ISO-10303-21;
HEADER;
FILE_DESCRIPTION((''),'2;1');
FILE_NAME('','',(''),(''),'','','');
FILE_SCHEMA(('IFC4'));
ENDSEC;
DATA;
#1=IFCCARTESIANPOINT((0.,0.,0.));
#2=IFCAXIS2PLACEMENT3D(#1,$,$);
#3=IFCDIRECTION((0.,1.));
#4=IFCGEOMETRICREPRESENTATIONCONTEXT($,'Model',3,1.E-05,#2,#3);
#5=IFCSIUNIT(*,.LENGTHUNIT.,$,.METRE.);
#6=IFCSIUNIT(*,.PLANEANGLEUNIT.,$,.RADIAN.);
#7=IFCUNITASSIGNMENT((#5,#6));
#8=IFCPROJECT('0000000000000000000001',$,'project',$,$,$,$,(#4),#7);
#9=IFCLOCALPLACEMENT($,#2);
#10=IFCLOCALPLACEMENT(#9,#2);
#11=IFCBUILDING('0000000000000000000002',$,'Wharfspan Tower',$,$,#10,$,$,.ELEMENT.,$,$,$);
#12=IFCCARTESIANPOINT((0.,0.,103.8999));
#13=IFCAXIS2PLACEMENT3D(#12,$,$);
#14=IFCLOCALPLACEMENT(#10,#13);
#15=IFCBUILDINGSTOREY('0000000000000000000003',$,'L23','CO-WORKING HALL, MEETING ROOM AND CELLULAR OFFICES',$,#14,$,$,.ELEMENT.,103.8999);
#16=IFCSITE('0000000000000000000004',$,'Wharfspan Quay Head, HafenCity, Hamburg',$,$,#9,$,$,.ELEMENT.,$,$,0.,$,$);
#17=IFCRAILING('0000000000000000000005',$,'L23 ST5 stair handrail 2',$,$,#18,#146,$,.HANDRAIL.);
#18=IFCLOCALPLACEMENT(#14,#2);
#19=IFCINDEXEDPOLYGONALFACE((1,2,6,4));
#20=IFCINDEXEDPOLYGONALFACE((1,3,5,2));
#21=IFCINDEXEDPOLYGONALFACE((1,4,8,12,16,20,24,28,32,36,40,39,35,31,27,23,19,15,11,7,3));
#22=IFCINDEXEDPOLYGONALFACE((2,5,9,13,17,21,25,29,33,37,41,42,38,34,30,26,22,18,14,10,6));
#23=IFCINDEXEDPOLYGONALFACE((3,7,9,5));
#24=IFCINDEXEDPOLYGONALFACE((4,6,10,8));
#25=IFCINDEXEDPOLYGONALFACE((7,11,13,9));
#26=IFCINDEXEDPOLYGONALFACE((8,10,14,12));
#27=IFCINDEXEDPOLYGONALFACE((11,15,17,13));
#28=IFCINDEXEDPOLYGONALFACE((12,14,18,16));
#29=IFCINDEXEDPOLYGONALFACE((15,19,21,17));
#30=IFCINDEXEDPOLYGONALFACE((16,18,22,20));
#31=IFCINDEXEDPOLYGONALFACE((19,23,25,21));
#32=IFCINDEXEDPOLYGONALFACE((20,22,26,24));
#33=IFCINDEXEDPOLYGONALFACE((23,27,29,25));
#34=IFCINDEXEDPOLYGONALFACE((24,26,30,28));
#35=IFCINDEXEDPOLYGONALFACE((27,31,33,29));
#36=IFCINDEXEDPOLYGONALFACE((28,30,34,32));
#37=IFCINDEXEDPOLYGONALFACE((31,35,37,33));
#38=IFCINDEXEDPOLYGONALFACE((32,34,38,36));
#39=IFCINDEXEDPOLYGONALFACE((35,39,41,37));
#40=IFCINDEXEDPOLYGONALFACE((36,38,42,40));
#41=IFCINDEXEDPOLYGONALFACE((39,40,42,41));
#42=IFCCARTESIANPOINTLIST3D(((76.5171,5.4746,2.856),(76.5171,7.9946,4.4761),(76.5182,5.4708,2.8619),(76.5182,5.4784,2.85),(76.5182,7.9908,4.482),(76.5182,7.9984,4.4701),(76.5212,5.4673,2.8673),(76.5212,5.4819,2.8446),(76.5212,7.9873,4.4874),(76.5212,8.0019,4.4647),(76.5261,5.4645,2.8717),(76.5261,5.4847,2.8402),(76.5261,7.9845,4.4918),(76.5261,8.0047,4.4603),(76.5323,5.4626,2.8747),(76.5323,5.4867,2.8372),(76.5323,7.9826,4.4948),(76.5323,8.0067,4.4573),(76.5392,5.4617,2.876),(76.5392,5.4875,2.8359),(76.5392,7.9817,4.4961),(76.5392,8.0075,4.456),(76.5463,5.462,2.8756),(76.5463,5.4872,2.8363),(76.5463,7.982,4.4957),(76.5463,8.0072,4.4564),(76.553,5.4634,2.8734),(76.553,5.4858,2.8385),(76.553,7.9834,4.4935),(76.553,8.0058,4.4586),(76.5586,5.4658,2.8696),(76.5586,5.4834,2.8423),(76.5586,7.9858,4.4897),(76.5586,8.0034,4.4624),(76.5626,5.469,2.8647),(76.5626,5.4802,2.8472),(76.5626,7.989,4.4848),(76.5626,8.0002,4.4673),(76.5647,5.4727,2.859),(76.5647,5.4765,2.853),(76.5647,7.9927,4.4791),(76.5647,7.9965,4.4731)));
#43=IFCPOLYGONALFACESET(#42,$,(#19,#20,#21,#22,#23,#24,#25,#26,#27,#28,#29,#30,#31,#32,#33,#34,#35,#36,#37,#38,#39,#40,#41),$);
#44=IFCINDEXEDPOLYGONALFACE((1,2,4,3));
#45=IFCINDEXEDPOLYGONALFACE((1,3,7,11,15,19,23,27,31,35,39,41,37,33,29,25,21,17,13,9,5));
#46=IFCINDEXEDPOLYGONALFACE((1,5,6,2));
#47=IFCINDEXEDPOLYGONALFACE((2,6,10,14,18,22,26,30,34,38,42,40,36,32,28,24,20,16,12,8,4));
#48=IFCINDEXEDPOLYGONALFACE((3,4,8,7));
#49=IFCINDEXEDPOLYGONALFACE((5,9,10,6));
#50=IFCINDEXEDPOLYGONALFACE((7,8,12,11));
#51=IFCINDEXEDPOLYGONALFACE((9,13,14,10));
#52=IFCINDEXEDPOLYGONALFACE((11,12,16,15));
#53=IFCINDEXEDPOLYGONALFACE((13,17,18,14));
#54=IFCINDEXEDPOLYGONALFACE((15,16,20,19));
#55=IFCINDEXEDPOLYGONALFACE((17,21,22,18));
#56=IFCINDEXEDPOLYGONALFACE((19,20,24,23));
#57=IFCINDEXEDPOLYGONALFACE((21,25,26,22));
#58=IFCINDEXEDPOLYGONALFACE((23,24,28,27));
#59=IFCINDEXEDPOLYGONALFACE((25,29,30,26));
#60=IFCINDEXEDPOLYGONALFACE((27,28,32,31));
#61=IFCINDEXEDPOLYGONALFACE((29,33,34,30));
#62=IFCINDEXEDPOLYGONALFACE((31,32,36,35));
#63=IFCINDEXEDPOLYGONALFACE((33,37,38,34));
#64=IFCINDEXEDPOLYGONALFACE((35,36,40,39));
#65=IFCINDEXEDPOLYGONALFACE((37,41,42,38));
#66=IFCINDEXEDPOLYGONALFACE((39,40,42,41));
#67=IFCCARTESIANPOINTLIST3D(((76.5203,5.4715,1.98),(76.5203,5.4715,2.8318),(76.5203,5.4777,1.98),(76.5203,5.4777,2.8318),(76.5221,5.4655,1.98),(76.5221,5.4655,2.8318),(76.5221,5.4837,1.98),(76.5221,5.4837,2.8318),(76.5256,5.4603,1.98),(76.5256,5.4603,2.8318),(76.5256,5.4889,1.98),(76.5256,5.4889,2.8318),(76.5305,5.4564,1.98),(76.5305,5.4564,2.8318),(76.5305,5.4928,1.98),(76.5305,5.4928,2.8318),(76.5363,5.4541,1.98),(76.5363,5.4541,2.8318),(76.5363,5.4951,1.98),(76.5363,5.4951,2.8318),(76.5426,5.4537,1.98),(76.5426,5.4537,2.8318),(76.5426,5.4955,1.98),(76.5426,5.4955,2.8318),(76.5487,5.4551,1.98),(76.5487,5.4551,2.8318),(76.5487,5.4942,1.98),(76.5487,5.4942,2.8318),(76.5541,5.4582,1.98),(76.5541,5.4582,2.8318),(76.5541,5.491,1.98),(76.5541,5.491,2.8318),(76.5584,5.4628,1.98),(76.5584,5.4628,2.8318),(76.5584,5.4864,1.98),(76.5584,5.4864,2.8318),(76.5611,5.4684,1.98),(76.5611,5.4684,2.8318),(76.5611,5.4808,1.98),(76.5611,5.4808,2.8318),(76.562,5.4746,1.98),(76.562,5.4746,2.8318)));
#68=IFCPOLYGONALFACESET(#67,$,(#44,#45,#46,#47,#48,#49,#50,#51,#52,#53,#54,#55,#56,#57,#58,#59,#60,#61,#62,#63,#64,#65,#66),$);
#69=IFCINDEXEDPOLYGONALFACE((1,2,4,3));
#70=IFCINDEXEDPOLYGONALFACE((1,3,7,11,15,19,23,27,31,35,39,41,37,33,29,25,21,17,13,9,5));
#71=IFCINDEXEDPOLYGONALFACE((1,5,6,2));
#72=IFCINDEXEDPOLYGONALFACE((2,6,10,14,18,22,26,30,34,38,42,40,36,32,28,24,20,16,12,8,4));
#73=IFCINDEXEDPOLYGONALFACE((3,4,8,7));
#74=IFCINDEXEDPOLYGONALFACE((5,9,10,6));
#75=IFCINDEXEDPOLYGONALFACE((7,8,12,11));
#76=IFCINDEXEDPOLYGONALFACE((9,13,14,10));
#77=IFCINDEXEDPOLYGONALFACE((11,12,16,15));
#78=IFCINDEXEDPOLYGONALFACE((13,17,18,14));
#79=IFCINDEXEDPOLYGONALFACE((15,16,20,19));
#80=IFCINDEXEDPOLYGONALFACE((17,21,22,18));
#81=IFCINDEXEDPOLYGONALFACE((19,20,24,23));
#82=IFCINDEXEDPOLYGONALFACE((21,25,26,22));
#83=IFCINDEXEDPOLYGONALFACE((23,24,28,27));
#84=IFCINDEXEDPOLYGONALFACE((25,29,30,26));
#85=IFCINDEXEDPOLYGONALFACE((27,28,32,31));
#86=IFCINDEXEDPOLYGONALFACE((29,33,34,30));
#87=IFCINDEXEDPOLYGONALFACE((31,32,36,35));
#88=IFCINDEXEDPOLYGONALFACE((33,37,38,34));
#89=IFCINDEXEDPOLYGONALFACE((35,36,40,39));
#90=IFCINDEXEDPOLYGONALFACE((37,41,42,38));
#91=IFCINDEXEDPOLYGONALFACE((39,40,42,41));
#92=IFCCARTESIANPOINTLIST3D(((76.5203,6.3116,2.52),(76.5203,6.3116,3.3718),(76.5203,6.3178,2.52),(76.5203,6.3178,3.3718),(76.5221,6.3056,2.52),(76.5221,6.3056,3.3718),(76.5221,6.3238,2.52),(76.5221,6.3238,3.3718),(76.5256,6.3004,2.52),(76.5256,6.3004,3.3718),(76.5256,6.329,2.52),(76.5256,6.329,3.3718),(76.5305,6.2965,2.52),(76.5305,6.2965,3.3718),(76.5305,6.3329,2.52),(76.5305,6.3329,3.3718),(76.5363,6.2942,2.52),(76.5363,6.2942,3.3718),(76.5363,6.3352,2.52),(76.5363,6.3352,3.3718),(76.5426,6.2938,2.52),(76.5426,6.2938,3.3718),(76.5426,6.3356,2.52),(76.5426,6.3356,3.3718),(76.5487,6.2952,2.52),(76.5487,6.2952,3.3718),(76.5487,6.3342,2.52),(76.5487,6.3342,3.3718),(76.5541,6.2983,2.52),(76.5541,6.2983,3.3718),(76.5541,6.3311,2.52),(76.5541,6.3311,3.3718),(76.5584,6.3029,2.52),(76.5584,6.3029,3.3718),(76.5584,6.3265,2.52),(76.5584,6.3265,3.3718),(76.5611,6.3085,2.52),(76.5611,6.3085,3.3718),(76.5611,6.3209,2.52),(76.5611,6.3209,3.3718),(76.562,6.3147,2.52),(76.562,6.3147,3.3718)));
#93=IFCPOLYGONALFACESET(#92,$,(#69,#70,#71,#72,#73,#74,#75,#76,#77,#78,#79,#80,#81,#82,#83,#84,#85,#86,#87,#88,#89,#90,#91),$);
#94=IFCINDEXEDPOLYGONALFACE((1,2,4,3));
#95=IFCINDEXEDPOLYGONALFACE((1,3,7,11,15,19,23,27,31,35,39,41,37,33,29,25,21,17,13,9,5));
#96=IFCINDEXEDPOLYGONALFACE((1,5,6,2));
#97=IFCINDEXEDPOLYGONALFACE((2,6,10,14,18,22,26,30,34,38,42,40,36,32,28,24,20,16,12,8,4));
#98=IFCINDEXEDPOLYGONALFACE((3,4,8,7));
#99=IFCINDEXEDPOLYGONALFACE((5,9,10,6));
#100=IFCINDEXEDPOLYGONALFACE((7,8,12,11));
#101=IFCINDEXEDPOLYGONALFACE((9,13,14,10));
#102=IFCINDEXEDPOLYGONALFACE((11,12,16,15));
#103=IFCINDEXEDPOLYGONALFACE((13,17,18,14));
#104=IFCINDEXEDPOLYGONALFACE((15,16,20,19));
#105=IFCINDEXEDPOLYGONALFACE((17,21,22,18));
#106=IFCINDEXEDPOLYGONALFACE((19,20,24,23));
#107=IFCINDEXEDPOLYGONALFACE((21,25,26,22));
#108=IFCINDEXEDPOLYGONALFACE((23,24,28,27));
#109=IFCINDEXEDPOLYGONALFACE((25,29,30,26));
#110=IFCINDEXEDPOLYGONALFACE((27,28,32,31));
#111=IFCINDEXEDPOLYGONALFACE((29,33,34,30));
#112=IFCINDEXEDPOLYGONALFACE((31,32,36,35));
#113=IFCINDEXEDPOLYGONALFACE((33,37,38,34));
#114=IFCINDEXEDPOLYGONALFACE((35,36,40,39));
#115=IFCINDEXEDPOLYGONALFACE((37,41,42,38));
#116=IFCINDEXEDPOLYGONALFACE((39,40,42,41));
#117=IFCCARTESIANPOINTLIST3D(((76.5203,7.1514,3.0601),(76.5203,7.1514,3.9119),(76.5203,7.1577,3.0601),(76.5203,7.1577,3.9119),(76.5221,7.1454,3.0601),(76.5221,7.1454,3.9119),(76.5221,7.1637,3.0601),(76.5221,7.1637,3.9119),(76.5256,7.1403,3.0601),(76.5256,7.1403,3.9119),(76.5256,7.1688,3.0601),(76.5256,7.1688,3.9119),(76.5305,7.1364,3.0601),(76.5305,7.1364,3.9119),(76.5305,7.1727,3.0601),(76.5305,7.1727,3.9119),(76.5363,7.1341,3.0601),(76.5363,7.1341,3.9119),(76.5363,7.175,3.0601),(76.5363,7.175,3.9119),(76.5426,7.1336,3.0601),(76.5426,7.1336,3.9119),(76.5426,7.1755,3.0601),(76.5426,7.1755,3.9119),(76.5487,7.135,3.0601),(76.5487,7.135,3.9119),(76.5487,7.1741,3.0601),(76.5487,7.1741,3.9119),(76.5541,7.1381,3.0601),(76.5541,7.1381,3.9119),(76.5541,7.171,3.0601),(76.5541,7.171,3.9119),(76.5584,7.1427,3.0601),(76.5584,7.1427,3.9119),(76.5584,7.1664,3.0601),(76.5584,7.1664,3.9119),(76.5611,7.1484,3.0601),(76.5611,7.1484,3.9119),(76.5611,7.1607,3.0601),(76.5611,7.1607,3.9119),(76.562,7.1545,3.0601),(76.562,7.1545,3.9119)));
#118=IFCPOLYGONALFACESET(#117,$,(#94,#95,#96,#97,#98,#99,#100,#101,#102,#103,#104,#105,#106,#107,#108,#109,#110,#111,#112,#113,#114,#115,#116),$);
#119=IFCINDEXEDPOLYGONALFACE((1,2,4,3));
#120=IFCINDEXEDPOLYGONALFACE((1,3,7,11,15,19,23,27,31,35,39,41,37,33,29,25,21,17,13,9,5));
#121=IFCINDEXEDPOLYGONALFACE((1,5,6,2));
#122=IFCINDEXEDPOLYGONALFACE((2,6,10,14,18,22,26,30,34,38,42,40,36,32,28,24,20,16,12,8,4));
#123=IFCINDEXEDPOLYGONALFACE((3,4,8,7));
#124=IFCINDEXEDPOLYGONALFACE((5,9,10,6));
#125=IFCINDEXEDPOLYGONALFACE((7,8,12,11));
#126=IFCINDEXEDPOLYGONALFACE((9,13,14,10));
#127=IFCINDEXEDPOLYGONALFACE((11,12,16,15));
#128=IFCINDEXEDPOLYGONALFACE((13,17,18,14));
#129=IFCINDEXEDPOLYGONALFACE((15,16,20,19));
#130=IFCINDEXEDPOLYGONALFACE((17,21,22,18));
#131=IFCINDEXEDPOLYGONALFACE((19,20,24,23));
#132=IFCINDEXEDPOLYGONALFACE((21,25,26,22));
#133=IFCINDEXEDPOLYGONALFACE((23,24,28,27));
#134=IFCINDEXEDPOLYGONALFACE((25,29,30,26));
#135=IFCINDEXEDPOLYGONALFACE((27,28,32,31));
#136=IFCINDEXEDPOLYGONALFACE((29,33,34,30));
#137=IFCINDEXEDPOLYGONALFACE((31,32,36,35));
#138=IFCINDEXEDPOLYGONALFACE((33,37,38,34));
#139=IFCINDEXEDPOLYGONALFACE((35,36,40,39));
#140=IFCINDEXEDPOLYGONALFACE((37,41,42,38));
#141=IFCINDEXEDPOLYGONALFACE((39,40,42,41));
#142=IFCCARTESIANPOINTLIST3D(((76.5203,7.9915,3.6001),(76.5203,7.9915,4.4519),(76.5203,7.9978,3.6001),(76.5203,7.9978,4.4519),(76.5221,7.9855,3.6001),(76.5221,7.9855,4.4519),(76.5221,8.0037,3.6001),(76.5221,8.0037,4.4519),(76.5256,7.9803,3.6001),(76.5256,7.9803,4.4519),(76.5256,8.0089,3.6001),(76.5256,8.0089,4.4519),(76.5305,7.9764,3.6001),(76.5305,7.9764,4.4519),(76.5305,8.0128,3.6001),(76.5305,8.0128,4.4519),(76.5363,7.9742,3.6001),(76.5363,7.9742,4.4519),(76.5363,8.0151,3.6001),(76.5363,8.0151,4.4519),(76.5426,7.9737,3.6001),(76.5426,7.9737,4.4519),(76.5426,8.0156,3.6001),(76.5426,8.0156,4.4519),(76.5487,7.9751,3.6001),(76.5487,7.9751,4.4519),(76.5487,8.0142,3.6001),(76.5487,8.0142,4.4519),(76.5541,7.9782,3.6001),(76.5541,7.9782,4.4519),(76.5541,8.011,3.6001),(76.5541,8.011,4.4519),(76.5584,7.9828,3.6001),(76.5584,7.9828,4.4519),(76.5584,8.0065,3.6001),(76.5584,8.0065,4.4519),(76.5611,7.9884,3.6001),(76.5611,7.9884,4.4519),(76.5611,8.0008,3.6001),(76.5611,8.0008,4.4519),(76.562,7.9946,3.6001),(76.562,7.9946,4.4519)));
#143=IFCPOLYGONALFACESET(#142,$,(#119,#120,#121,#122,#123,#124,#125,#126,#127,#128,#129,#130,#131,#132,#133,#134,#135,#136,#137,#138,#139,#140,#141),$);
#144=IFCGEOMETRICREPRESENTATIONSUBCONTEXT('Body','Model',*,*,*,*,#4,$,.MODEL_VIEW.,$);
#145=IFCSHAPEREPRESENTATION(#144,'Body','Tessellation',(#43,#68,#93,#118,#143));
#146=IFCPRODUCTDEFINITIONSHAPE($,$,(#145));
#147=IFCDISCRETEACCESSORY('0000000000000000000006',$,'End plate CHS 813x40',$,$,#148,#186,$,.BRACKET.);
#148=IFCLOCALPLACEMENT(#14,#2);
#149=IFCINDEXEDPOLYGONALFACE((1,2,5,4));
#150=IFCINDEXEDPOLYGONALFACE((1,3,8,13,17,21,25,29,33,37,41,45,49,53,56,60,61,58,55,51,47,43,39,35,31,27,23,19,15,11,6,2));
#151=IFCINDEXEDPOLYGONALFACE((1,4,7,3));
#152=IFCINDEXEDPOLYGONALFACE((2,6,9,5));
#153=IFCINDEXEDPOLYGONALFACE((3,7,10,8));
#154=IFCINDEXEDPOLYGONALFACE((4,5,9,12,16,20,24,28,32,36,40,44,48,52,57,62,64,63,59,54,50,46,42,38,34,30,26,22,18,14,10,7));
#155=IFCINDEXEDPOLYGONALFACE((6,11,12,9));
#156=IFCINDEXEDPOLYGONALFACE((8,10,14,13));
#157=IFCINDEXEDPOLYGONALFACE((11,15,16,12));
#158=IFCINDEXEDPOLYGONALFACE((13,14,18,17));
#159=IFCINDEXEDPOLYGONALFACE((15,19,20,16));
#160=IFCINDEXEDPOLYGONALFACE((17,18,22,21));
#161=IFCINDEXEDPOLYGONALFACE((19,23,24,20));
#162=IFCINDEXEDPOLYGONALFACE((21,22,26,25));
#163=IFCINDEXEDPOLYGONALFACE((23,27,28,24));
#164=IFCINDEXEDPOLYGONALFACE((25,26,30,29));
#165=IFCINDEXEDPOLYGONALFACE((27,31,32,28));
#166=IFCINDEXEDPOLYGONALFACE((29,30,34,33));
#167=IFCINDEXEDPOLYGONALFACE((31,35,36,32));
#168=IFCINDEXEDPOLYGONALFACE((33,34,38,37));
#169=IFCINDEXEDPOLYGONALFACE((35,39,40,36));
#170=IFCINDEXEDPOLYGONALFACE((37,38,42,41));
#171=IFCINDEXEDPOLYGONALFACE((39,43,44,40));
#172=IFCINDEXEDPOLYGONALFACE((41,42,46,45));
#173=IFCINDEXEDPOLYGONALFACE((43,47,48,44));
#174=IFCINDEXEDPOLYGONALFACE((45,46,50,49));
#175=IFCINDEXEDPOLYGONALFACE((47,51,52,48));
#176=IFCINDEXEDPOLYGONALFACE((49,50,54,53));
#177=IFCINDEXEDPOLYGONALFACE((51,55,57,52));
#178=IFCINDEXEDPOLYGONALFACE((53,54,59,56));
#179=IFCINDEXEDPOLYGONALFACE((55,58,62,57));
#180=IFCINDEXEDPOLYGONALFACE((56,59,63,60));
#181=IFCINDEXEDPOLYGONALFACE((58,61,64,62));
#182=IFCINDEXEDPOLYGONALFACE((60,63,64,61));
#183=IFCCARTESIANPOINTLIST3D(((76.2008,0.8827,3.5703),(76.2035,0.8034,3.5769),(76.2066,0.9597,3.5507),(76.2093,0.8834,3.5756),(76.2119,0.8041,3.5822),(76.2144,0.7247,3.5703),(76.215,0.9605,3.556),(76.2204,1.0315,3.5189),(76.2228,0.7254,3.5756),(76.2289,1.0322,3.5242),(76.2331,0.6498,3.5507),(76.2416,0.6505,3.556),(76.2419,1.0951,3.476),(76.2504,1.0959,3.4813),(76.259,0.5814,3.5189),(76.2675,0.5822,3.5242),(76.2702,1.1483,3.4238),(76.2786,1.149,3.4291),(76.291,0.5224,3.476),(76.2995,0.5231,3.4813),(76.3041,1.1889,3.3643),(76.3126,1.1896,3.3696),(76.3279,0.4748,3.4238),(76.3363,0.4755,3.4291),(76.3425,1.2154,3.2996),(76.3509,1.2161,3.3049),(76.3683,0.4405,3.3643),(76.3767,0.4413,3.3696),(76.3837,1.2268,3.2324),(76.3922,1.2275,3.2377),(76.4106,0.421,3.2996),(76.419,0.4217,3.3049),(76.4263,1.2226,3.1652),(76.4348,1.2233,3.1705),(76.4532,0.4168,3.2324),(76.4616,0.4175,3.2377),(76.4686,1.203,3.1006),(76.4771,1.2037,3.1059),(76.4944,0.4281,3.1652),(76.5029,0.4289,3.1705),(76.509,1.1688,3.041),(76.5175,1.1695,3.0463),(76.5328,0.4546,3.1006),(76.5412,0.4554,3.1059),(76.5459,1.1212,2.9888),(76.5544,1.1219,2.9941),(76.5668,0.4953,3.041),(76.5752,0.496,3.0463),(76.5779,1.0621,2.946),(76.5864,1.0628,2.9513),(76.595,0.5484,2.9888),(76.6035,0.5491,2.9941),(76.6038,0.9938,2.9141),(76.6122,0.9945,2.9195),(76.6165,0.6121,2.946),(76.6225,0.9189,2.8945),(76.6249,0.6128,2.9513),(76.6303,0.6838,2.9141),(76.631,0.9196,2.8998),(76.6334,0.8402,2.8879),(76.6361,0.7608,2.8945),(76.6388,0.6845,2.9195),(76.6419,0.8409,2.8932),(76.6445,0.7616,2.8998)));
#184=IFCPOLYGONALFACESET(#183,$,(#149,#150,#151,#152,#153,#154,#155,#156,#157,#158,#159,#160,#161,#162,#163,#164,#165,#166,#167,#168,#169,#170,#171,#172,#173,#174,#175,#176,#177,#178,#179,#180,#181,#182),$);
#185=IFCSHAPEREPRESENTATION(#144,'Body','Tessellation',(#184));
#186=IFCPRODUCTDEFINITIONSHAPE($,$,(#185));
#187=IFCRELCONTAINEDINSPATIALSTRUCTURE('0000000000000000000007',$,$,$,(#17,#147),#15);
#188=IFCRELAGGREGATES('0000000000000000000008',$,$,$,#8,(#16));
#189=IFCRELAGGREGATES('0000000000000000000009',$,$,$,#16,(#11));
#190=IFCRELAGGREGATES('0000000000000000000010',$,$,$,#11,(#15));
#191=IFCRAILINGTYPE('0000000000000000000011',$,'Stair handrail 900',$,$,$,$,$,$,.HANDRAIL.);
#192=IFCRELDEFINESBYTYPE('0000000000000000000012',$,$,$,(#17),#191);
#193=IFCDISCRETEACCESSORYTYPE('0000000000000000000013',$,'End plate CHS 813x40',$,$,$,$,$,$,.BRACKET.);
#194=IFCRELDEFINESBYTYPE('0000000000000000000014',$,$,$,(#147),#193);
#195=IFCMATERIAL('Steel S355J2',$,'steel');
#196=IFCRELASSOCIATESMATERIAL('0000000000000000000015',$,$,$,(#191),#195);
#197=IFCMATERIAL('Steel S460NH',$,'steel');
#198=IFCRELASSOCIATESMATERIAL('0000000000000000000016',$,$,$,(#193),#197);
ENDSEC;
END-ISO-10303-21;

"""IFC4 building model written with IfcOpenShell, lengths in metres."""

from ifc_helpers import new_model, si_unit, direction, frame, origin, origin_2d, place, context, subcontext, project, spatial, circle, extrude, material, material_profile, profile_set, type_object, element, save


model = new_model("IFC4")

# Units and contexts
model_context = context("Model", 3, precision=1e-05, world=origin(), true_north=direction((0.0, 1.0)))
body_context = subcontext(model_context, "Body", "Model", "MODEL_VIEW")
ifc_project = project(units=[si_unit("LENGTHUNIT", "METRE"), si_unit("PLANEANGLEUNIT", "RADIAN")], contexts=[model_context])

# Site, building, storey
site_placement = place(None, origin())
site = spatial("IfcSite", under=ifc_project, at=site_placement, Name="Wharfspan Quay Head, HafenCity, Hamburg", CompositionType="ELEMENT", RefElevation=0.0)
building_placement = place(site_placement, origin())
building = spatial("IfcBuilding", under=site, at=building_placement, Name="Wharfspan Tower", CompositionType="ELEMENT")
storey_placement = place(building_placement, frame((0.0, 0.0, 103.8999)))
storey = spatial("IfcBuildingStorey", under=building, at=storey_placement, Name="L23", Description="CO-WORKING HALL, MEETING ROOM AND CELLULAR OFFICES", CompositionType="ELEMENT", Elevation=103.8999)

# Shared definitions
ifc_material_1 = material(Name="Steel S355J2", Category="steel")

# Shared definitions
ifc_material_2 = material(Name="Steel S460NH", Category="steel")

# Railing
railing_type_1 = type_object("IfcRailingType", Name="Stair handrail 900", PredefinedType="HANDRAIL", material=ifc_material_1)
railing_1_placement = place(storey_placement, frame((76.541, 5.4746, 1.98)))
element("IfcRailing", 1, at=railing_1_placement, inside=storey, type_object=railing_type_1, Name="L23 ST5 stair handrail 2", PredefinedType="HANDRAIL", context=body_context, shape_type="SweptSolid", body=[
    extrude(circle(Radius=0.0239, at=origin_2d()), frame((0.0, 0.0, 0.876), z_axis=(0.0, 0.841163, 0.540782), x_axis=(-1.0, 0.0, 0.0)), (0.0, 0.0, 1.0), 2.9958),
    extrude(circle(Radius=0.021, at=origin_2d()), origin(), (0.0, 0.0, 1.0), 0.8518),
    extrude(circle(Radius=0.021, at=origin_2d()), frame((0.0, 0.8401, 0.54)), (0.0, 0.0, 1.0), 0.8518),
    extrude(circle(Radius=0.021, at=origin_2d()), frame((0.0, 1.6799, 1.0801)), (0.0, 0.0, 1.0), 0.8518),
    extrude(circle(Radius=0.021, at=origin_2d()), frame((0.0, 2.52, 1.6201)), (0.0, 0.0, 1.0), 0.8518),
])

# Discrete accessory
ifc_material_profile_1 = material_profile(ifc_material_2, circle(Radius=0.4065, at=origin_2d()))
ifc_profile_set_1 = profile_set([ifc_material_profile_1], Name="Steel S460NH")
discrete_accessory_type = type_object("IfcDiscreteAccessoryType", Name="End plate CHS 813x40", PredefinedType="BRACKET", material=ifc_profile_set_1)
for number, where, z_axis, x_axis, name in (
    (2, (76.4185, 0.8218, 3.2324), (0.844416, 0.072379, 0.530776), (-0.085402, 0.99635, 0.0), "End plate CHS 813x40"),
):
    element("IfcDiscreteAccessory", number, at=place(storey_placement, frame(where, z_axis=z_axis, x_axis=x_axis)), inside=storey, type_object=discrete_accessory_type, Name=name, PredefinedType="BRACKET", context=body_context, shape_type="SweptSolid", body=[
        extrude(circle(Radius=0.4065, at=origin_2d()), origin(), (0.0, 0.0, 1.0), 0.01),
    ])

save(model, "model.ifc")
